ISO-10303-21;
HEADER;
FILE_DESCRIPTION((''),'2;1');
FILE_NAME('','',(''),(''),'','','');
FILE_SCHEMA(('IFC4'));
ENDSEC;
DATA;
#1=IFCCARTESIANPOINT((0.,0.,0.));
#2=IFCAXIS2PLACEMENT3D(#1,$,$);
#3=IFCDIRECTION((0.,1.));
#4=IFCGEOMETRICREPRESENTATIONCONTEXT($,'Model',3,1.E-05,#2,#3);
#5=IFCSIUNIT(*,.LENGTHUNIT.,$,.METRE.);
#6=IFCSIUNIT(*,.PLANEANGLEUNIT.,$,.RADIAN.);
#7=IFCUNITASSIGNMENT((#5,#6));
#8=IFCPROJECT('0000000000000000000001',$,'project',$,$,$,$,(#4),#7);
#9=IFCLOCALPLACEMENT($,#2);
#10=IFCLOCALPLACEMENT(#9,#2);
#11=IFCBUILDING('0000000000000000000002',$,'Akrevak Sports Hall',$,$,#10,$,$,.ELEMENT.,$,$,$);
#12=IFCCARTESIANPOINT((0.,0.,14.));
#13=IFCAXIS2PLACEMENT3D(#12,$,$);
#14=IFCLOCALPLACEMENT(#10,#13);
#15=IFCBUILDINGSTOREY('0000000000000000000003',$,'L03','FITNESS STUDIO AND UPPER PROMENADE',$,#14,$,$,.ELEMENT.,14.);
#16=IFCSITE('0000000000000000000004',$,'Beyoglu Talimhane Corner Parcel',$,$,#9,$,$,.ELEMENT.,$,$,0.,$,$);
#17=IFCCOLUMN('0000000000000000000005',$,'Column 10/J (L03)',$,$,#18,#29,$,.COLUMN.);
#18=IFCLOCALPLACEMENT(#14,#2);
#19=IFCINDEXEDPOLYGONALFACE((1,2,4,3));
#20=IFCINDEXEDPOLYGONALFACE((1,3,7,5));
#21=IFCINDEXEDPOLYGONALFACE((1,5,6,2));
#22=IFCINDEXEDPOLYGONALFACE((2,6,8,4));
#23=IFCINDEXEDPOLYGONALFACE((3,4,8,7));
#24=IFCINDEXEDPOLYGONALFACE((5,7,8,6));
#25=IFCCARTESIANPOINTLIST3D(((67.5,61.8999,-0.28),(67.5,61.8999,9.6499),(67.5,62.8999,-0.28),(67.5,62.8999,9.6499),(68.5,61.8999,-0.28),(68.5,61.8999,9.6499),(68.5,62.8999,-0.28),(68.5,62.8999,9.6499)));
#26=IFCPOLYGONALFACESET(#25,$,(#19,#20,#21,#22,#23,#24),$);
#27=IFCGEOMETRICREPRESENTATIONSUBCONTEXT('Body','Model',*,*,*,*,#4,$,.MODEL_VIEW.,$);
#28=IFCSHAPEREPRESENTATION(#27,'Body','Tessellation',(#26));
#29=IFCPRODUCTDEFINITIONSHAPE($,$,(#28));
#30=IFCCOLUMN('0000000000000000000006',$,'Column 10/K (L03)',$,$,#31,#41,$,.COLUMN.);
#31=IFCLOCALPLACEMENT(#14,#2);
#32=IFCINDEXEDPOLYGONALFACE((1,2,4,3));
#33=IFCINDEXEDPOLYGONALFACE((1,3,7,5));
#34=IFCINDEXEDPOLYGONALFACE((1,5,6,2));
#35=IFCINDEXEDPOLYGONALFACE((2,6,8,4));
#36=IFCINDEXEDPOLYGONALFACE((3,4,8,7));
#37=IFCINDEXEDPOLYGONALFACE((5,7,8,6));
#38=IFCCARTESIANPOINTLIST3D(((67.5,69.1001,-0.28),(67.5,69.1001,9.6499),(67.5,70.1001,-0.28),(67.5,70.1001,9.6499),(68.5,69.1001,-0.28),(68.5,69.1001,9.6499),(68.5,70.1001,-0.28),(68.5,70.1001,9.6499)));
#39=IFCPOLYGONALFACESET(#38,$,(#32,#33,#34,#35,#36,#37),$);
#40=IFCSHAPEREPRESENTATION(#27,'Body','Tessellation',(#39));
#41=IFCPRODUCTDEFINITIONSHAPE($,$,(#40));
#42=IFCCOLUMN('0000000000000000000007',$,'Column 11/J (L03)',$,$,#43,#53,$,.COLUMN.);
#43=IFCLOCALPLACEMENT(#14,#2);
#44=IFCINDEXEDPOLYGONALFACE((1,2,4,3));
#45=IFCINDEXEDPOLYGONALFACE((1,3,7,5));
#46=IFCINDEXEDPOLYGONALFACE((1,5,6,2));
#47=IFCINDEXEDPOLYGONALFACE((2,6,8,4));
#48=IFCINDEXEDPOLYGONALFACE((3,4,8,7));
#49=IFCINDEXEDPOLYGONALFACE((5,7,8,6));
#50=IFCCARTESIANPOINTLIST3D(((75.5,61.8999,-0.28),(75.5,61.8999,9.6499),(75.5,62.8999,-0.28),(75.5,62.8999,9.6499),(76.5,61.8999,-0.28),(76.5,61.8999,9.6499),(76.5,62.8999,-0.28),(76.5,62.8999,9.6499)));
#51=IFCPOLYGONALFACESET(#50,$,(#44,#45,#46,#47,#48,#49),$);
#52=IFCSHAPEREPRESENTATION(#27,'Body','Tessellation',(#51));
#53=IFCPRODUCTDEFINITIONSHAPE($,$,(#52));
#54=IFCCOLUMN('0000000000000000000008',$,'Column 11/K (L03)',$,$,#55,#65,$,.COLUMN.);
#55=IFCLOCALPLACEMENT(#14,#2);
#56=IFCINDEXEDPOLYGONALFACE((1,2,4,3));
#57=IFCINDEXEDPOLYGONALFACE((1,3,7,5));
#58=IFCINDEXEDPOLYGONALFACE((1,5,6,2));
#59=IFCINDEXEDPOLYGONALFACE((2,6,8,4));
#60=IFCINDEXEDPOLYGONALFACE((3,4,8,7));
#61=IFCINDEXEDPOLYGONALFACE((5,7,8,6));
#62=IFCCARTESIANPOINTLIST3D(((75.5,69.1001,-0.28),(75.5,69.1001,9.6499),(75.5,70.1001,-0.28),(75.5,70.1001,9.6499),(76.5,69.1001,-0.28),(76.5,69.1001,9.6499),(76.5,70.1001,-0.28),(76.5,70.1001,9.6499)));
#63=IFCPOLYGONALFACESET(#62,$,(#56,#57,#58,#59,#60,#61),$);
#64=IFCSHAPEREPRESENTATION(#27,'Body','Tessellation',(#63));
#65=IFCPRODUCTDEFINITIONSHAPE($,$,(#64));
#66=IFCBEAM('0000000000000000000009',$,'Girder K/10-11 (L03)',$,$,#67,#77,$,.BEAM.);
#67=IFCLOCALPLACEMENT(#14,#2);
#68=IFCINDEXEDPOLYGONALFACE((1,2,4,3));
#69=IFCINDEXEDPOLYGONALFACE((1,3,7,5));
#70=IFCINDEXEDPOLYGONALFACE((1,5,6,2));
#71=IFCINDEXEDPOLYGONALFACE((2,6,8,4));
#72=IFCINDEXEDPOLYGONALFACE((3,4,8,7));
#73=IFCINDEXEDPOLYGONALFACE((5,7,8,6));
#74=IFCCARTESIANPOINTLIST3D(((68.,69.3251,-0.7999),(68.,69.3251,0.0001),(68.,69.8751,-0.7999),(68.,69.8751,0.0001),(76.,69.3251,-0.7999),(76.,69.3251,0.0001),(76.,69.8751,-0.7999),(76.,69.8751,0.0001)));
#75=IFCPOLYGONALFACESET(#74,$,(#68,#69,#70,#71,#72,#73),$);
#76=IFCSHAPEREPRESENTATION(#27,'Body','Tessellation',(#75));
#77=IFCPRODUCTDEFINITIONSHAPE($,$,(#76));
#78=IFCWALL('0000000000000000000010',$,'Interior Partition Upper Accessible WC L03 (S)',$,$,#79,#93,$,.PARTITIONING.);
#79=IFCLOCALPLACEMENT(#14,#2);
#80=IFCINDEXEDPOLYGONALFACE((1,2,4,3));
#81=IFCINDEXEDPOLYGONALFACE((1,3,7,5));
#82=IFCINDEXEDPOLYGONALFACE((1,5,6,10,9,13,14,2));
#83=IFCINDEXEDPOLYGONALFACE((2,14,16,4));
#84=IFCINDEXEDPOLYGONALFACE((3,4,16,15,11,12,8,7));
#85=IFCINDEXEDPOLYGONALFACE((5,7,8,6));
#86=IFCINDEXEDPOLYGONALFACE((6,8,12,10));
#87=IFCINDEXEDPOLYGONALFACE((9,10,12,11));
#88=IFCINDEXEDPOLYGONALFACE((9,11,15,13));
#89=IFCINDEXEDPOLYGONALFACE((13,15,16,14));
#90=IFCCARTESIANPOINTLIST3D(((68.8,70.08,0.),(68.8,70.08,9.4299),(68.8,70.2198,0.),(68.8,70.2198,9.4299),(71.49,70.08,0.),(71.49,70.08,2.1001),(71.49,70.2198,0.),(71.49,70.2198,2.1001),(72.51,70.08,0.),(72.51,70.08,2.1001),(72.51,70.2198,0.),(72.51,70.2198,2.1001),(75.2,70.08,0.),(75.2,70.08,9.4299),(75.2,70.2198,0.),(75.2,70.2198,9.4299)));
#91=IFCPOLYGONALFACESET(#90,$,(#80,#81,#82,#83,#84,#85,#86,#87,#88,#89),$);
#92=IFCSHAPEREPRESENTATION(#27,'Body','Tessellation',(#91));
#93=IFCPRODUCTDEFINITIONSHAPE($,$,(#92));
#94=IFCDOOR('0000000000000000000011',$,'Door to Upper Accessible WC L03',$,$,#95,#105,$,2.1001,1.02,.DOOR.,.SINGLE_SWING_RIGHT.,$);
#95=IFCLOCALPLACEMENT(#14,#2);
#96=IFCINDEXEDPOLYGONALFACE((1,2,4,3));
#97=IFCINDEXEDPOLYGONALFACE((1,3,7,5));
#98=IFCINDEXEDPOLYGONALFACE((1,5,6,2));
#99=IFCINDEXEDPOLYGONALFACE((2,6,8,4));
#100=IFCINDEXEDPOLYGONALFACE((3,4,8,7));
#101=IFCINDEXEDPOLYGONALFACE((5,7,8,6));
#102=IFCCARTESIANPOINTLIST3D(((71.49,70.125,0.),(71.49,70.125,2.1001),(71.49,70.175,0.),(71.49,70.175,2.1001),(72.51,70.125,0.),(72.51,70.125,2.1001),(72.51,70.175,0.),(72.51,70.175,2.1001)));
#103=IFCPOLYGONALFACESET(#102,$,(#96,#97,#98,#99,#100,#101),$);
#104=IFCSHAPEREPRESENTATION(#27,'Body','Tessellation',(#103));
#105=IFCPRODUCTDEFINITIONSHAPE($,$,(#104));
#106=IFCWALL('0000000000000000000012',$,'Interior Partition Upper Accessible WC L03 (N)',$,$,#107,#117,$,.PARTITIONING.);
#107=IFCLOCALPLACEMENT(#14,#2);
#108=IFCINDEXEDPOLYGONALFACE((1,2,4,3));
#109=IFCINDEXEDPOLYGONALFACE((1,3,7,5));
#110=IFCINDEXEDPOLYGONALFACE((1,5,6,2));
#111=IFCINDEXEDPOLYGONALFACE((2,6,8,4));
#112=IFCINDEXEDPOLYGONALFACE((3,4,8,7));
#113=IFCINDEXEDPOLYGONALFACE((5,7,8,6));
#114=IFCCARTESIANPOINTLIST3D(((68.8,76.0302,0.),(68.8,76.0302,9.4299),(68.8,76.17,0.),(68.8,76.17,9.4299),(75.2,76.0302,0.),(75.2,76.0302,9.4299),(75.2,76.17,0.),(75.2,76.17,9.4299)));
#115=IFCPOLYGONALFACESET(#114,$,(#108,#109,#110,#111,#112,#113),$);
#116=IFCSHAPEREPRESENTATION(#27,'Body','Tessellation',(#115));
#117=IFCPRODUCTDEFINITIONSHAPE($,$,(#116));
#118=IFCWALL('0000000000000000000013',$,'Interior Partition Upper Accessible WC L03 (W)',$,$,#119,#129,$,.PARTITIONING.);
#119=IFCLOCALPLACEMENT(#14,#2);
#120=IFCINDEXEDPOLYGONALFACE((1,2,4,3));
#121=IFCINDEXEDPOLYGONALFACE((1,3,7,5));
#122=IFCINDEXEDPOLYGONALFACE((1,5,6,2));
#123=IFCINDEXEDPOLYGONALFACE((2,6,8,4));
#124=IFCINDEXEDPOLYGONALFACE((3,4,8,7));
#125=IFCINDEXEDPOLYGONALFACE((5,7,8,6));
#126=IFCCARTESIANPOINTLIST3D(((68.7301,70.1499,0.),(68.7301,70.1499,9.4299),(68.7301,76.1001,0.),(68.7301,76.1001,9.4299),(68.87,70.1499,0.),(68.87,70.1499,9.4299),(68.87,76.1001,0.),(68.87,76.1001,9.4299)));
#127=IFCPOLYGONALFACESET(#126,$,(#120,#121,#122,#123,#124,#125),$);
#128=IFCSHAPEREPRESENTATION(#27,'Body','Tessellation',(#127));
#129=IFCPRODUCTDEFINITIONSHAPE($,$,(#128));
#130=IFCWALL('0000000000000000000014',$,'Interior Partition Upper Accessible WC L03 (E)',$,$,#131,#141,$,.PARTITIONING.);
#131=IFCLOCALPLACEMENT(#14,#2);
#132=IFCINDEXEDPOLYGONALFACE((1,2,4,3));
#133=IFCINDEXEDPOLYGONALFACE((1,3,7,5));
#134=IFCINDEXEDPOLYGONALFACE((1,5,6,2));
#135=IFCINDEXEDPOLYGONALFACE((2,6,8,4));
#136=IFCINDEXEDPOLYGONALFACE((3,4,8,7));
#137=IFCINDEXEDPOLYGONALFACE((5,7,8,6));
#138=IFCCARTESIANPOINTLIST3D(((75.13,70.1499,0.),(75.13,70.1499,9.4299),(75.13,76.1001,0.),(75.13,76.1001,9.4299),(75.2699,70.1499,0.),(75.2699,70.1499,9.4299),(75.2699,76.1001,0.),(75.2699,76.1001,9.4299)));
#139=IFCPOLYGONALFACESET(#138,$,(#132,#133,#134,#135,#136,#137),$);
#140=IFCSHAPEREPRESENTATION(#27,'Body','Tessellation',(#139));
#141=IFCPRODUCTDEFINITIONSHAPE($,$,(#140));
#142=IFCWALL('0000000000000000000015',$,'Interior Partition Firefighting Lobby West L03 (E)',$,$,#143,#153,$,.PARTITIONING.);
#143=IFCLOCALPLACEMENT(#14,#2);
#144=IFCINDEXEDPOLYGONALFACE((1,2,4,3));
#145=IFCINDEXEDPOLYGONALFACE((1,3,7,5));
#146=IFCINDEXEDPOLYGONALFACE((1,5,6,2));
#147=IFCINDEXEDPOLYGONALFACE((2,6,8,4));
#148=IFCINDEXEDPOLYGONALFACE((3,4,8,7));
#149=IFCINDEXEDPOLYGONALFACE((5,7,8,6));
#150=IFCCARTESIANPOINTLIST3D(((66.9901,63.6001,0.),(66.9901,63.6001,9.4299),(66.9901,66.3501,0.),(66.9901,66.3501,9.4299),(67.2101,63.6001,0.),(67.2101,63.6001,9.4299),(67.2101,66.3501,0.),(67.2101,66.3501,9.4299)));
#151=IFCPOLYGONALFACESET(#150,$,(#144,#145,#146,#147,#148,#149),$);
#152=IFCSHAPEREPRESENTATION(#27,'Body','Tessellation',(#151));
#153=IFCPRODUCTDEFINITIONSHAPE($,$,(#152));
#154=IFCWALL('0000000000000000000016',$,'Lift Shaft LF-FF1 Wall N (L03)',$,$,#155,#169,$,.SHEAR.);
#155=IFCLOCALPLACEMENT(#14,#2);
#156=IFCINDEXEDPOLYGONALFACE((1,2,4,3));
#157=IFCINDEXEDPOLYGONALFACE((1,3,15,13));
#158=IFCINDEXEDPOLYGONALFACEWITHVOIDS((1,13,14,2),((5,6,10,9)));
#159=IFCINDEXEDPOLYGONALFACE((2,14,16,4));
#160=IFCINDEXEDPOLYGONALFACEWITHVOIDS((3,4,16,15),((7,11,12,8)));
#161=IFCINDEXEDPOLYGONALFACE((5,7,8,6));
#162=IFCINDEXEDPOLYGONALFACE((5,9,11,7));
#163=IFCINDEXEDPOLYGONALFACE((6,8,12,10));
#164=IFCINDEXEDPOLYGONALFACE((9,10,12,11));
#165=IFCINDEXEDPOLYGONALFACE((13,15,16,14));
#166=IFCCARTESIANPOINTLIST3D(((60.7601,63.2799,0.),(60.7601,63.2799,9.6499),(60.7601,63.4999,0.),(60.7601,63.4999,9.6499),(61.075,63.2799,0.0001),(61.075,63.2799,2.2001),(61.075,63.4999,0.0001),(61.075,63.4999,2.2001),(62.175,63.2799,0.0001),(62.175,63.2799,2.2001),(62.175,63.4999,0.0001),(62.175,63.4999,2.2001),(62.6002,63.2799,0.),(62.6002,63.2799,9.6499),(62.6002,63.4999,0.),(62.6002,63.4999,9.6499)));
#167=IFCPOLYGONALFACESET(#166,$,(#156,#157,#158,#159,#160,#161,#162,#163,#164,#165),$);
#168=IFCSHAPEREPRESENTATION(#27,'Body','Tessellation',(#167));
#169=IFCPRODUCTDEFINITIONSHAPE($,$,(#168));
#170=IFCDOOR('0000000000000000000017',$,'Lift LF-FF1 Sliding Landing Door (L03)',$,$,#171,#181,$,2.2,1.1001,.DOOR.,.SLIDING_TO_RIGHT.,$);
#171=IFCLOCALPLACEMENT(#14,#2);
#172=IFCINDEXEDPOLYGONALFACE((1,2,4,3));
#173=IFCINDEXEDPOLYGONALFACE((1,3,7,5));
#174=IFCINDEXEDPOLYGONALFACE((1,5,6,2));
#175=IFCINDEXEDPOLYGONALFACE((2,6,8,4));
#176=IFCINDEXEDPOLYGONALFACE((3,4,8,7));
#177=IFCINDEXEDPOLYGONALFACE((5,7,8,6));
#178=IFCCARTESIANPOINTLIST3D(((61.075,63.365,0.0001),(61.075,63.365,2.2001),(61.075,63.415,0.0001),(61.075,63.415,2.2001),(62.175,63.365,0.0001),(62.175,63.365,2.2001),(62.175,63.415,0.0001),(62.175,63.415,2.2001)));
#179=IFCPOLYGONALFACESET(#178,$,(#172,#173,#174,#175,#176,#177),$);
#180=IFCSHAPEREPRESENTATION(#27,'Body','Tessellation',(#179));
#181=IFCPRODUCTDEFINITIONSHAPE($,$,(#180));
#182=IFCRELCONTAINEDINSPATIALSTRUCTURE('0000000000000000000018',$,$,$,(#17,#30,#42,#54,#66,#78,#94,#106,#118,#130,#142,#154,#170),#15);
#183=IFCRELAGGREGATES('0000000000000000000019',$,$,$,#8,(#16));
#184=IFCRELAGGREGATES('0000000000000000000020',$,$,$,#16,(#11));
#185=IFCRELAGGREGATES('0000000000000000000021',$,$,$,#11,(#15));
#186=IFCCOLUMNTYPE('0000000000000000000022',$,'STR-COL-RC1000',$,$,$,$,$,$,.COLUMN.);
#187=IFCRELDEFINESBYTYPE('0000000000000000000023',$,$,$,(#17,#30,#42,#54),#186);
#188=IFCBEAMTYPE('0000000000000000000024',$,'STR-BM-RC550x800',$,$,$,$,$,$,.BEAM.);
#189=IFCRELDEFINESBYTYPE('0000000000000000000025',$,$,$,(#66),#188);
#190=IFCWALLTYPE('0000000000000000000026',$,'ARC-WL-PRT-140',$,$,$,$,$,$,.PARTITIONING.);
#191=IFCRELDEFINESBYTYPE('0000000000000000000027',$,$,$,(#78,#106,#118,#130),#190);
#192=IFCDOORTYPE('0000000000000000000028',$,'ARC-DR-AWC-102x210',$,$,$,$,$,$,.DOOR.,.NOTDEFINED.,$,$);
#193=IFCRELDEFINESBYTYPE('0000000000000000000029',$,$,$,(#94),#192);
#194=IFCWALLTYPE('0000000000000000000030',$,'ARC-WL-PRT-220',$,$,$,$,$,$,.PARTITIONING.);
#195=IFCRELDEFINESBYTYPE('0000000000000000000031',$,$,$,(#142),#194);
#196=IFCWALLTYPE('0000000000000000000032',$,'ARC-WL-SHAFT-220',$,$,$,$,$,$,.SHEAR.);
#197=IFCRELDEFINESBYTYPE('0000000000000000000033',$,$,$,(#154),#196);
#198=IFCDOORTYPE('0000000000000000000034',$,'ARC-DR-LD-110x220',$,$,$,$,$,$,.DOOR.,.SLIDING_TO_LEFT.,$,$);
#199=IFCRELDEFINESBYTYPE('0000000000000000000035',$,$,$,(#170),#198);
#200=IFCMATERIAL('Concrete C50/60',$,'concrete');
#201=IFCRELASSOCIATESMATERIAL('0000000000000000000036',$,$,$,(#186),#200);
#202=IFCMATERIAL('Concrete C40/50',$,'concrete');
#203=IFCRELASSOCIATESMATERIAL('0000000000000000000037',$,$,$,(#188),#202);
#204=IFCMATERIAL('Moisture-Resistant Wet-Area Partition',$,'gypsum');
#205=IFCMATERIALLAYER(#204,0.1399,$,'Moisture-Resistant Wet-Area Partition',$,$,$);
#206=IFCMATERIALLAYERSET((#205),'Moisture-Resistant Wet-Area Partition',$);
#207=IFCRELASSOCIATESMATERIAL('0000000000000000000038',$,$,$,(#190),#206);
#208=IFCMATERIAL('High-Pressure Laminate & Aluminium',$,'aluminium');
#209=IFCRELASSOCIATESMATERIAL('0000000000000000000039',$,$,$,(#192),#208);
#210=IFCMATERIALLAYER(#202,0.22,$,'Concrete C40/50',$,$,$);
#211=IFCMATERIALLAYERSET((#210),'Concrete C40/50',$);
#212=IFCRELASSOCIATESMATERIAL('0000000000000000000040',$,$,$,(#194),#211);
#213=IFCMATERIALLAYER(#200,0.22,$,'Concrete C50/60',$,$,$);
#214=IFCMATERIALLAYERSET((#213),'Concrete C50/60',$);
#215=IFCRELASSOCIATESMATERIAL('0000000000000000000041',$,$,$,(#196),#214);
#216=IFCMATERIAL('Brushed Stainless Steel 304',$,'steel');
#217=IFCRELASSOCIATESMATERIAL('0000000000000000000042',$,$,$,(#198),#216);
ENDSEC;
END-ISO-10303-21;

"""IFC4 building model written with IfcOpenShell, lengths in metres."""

from ifc_helpers import new_model, si_unit, direction, frame, frame_2d, origin, origin_2d, place, context, subcontext, project, spatial, rectangle, extrude, material, layer, layer_set, material_profile, profile_set, type_object, element, fill, save


model = new_model("IFC4")

# Units and contexts
model_context = context("Model", 3, precision=1e-05, world=origin(), true_north=direction((0.0, 1.0)))
body_context = subcontext(model_context, "Body", "Model", "MODEL_VIEW")
ifc_project = project(units=[si_unit("LENGTHUNIT", "METRE"), si_unit("PLANEANGLEUNIT", "RADIAN")], contexts=[model_context])

# Site, building, storey
site_placement = place(None, origin())
site = spatial("IfcSite", under=ifc_project, at=site_placement, Name="Beyoglu Talimhane Corner Parcel", CompositionType="ELEMENT", RefElevation=0.0)
building_placement = place(site_placement, origin())
building = spatial("IfcBuilding", under=site, at=building_placement, Name="Akrevak Sports Hall", CompositionType="ELEMENT")
storey_placement = place(building_placement, frame((0.0, 0.0, 14.0)))
storey = spatial("IfcBuildingStorey", under=building, at=storey_placement, Name="L03", Description="FITNESS STUDIO AND UPPER PROMENADE", CompositionType="ELEMENT", Elevation=14.0)

# Columns
ifc_material_1 = material(Name="Concrete C50/60", Category="concrete")
ifc_material_profile_1 = material_profile(ifc_material_1, rectangle(XDim=1.0, YDim=1.0, at=origin_2d()), Name="RC 1000x1000", Category="concrete")
ifc_profile_set_1 = profile_set([ifc_material_profile_1], Name="Concrete C50/60")
column_type = type_object("IfcColumnType", Name="STR-COL-RC1000", PredefinedType="COLUMN", material=ifc_profile_set_1)
for number, where, z_axis, x_axis, name in (
    (1, (68.0, 62.3999, -0.28), (0.0, 0.0, 1.0), (1.0, 0.0, 0.0), "Column 10/J (L03)"),
    (2, (68.0, 69.6001, -0.28), (0.0, 0.0, 1.0), (1.0, 0.0, 0.0), "Column 10/K (L03)"),
    (3, (76.0, 62.3999, -0.28), (0.0, 0.0, 1.0), (1.0, 0.0, 0.0), "Column 11/J (L03)"),
    (4, (76.0, 69.6001, -0.28), (0.0, 0.0, 1.0), (1.0, 0.0, 0.0), "Column 11/K (L03)"),
):
    element("IfcColumn", number, at=place(storey_placement, frame(where, z_axis=z_axis, x_axis=x_axis)), inside=storey, type_object=column_type, Name=name, PredefinedType="COLUMN", context=body_context, shape_type="SweptSolid", body=[
        extrude(rectangle(XDim=1.0, YDim=1.0, at=origin_2d()), origin(), (0.0, 0.0, 1.0), 9.9299),
    ])

# Beam
ifc_material_2 = material(Name="Concrete C40/50", Category="concrete")
ifc_material_profile_2 = material_profile(ifc_material_2, rectangle(XDim=0.55, YDim=0.8, at=origin_2d()), Name="BM 550x800", Category="concrete")
ifc_profile_set_2 = profile_set([ifc_material_profile_2], Name="Concrete C40/50")
beam_type = type_object("IfcBeamType", Name="STR-BM-RC550x800", PredefinedType="BEAM", material=ifc_profile_set_2)
beam_placement = place(storey_placement, frame((68.0, 69.6001, -0.3999), z_axis=(1.0, 0.0, 0.0), x_axis=(0.0, 1.0, 0.0)))
element("IfcBeam", 5, at=beam_placement, inside=storey, type_object=beam_type, Name="Girder K/10-11 (L03)", PredefinedType="BEAM", context=body_context, shape_type="SweptSolid", body=[
    extrude(rectangle(XDim=0.55, YDim=0.8, at=origin_2d()), origin(), (0.0, 0.0, 1.0), 8.0),
])

# Wall, opening, door
ifc_material_3 = material(Name="Moisture-Resistant Wet-Area Partition", Category="gypsum")
ifc_layer_1 = layer(ifc_material_3, 0.1399, Name="Moisture-Resistant Wet-Area Partition")
ifc_layer_set_1 = layer_set([ifc_layer_1], Name="Moisture-Resistant Wet-Area Partition")
wall_type_1 = type_object("IfcWallType", Name="ARC-WL-PRT-140", PredefinedType="PARTITIONING", material=ifc_layer_set_1)
wall_1_placement = place(storey_placement, frame((68.8, 70.1499, 0.0), z_axis=(0.0, 0.0, 1.0), x_axis=(1.0, 0.0, 0.0)))
wall_1 = element("IfcWall", 6, at=wall_1_placement, inside=storey, type_object=wall_type_1, Name="Interior Partition Upper Accessible WC L03 (S)", PredefinedType="PARTITIONING", context=body_context, shape_type="SweptSolid", body=[
    extrude(rectangle(XDim=6.3999, YDim=0.1399, at=frame_2d((3.2, 0.0))), origin(), (0.0, 0.0, 1.0), 9.4299),
])
opening_1_placement = place(wall_1_placement, frame((2.6899, 0.0, 0.0)))
opening_1 = element("IfcOpeningElement", 7, at=opening_1_placement, cuts=wall_1, PredefinedType="OPENING", context=body_context, shape_type="SweptSolid", body=[
    extrude(rectangle(XDim=1.02, YDim=2.1001, at=frame_2d((0.51, 1.05))), frame((0.0, 0.082, 0.0), z_axis=(0.0, -1.0, 0.0), x_axis=(1.0, 0.0, 0.0)), (0.0, 0.0, 1.0), 0.1638),
])
ifc_material_4 = material(Name="High-Pressure Laminate & Aluminium", Category="aluminium")
door_type_1 = type_object("IfcDoorType", Name="ARC-DR-AWC-102x210", OperationType="NOTDEFINED", PredefinedType="DOOR", material=ifc_material_4)
door_1_placement = place(opening_1_placement, frame((1.02, 0.0, 0.0), z_axis=(0.0, 0.0, 1.0), x_axis=(-1.0, 0.0, 0.0)))
door_1 = element("IfcDoor", 8, at=door_1_placement, inside=storey, type_object=door_type_1, Name="Door to Upper Accessible WC L03", OperationType="SINGLE_SWING_RIGHT", OverallHeight=2.1001, OverallWidth=1.02, PredefinedType="DOOR", context=body_context, shape_type="SweptSolid", body=[
    extrude(rectangle(XDim=1.02, YDim=2.1001, at=frame_2d((0.51, 1.05))), frame((0.0, 0.0249, 0.0), z_axis=(0.0, -1.0, 0.0), x_axis=(1.0, 0.0, 0.0)), (0.0, 0.0, 1.0), 0.05),
])
fill(opening_1, door_1)

# Walls
wall_2_placement = place(storey_placement, frame((68.8, 76.1001, 0.0), z_axis=(0.0, 0.0, 1.0), x_axis=(1.0, 0.0, 0.0)))
element("IfcWall", 9, at=wall_2_placement, inside=storey, type_object=wall_type_1, Name="Interior Partition Upper Accessible WC L03 (N)", PredefinedType="PARTITIONING", context=body_context, shape_type="SweptSolid", body=[
    extrude(rectangle(XDim=6.3999, YDim=0.1399, at=frame_2d((3.2, 0.0))), origin(), (0.0, 0.0, 1.0), 9.4299),
])
for number, where, z_axis, x_axis, name in (
    (10, (68.8, 70.1499, 0.0), (0.0, 0.0, 1.0), (0.0, 1.0, 0.0), "Interior Partition Upper Accessible WC L03 (W)"),
    (11, (75.2, 70.1499, 0.0), (0.0, 0.0, 1.0), (0.0, 1.0, 0.0), "Interior Partition Upper Accessible WC L03 (E)"),
):
    element("IfcWall", number, at=place(storey_placement, frame(where, z_axis=z_axis, x_axis=x_axis)), inside=storey, type_object=wall_type_1, Name=name, PredefinedType="PARTITIONING", context=body_context, shape_type="SweptSolid", body=[
        extrude(rectangle(XDim=5.9502, YDim=0.1399, at=frame_2d((2.9751, 0.0))), origin(), (0.0, 0.0, 1.0), 9.4299),
    ])
ifc_layer_2 = layer(ifc_material_2, 0.22, Name="Concrete C40/50")
ifc_layer_set_2 = layer_set([ifc_layer_2], Name="Concrete C40/50")
wall_type_2 = type_object("IfcWallType", Name="ARC-WL-PRT-220", PredefinedType="PARTITIONING", material=ifc_layer_set_2)
wall_3_placement = place(storey_placement, frame((67.1001, 63.6001, 0.0), z_axis=(0.0, 0.0, 1.0), x_axis=(0.0, 1.0, 0.0)))
element("IfcWall", 12, at=wall_3_placement, inside=storey, type_object=wall_type_2, Name="Interior Partition Firefighting Lobby West L03 (E)", PredefinedType="PARTITIONING", context=body_context, shape_type="SweptSolid", body=[
    extrude(rectangle(XDim=2.75, YDim=0.22, at=frame_2d((1.375, 0.0))), origin(), (0.0, 0.0, 1.0), 9.4299),
])

# Wall, opening, door
ifc_layer_3 = layer(ifc_material_1, 0.22, Name="Concrete C50/60")
ifc_layer_set_3 = layer_set([ifc_layer_3], Name="Concrete C50/60")
wall_type_3 = type_object("IfcWallType", Name="ARC-WL-SHAFT-220", PredefinedType="SHEAR", material=ifc_layer_set_3)
wall_4_placement = place(storey_placement, frame((62.6001, 63.3899, 0.0), z_axis=(0.0, 0.0, 1.0), x_axis=(-1.0, 0.0, 0.0)))
wall_4 = element("IfcWall", 13, at=wall_4_placement, inside=storey, type_object=wall_type_3, Name="Lift Shaft LF-FF1 Wall N (L03)", PredefinedType="SHEAR", context=body_context, shape_type="SweptSolid", body=[
    extrude(rectangle(XDim=1.8401, YDim=0.22, at=frame_2d((0.9199, 0.0))), origin(), (0.0, 0.0, 1.0), 9.6499),
])
opening_2_placement = place(wall_4_placement, frame((0.425, 0.0, 0.0)))
opening_2 = element("IfcOpeningElement", 14, at=opening_2_placement, cuts=wall_4, PredefinedType="OPENING", context=body_context, shape_type="SweptSolid", body=[
    extrude(rectangle(XDim=1.1001, YDim=2.2, at=frame_2d((0.55, 1.1001))), frame((0.0, 0.1221, 0.0), z_axis=(0.0, -1.0, 0.0), x_axis=(1.0, 0.0, 0.0)), (0.0, 0.0, 1.0), 0.2439),
])
ifc_material_5 = material(Name="Brushed Stainless Steel 304", Category="steel")
door_type_2 = type_object("IfcDoorType", Name="ARC-DR-LD-110x220", OperationType="SLIDING_TO_LEFT", PredefinedType="DOOR", material=ifc_material_5)
door_2_placement = place(opening_2_placement, origin())
door_2 = element("IfcDoor", 15, at=door_2_placement, inside=storey, type_object=door_type_2, Name="Lift LF-FF1 Sliding Landing Door (L03)", OperationType="SLIDING_TO_RIGHT", OverallHeight=2.2, OverallWidth=1.1001, PredefinedType="DOOR", context=body_context, shape_type="SweptSolid", body=[
    extrude(rectangle(XDim=1.1001, YDim=2.2, at=frame_2d((0.55, 1.1001))), frame((0.0, 0.0249, 0.0), z_axis=(0.0, -1.0, 0.0), x_axis=(1.0, 0.0, 0.0)), (0.0, 0.0, 1.0), 0.05),
])
fill(opening_2, door_2)

save(model, "model.ifc")
